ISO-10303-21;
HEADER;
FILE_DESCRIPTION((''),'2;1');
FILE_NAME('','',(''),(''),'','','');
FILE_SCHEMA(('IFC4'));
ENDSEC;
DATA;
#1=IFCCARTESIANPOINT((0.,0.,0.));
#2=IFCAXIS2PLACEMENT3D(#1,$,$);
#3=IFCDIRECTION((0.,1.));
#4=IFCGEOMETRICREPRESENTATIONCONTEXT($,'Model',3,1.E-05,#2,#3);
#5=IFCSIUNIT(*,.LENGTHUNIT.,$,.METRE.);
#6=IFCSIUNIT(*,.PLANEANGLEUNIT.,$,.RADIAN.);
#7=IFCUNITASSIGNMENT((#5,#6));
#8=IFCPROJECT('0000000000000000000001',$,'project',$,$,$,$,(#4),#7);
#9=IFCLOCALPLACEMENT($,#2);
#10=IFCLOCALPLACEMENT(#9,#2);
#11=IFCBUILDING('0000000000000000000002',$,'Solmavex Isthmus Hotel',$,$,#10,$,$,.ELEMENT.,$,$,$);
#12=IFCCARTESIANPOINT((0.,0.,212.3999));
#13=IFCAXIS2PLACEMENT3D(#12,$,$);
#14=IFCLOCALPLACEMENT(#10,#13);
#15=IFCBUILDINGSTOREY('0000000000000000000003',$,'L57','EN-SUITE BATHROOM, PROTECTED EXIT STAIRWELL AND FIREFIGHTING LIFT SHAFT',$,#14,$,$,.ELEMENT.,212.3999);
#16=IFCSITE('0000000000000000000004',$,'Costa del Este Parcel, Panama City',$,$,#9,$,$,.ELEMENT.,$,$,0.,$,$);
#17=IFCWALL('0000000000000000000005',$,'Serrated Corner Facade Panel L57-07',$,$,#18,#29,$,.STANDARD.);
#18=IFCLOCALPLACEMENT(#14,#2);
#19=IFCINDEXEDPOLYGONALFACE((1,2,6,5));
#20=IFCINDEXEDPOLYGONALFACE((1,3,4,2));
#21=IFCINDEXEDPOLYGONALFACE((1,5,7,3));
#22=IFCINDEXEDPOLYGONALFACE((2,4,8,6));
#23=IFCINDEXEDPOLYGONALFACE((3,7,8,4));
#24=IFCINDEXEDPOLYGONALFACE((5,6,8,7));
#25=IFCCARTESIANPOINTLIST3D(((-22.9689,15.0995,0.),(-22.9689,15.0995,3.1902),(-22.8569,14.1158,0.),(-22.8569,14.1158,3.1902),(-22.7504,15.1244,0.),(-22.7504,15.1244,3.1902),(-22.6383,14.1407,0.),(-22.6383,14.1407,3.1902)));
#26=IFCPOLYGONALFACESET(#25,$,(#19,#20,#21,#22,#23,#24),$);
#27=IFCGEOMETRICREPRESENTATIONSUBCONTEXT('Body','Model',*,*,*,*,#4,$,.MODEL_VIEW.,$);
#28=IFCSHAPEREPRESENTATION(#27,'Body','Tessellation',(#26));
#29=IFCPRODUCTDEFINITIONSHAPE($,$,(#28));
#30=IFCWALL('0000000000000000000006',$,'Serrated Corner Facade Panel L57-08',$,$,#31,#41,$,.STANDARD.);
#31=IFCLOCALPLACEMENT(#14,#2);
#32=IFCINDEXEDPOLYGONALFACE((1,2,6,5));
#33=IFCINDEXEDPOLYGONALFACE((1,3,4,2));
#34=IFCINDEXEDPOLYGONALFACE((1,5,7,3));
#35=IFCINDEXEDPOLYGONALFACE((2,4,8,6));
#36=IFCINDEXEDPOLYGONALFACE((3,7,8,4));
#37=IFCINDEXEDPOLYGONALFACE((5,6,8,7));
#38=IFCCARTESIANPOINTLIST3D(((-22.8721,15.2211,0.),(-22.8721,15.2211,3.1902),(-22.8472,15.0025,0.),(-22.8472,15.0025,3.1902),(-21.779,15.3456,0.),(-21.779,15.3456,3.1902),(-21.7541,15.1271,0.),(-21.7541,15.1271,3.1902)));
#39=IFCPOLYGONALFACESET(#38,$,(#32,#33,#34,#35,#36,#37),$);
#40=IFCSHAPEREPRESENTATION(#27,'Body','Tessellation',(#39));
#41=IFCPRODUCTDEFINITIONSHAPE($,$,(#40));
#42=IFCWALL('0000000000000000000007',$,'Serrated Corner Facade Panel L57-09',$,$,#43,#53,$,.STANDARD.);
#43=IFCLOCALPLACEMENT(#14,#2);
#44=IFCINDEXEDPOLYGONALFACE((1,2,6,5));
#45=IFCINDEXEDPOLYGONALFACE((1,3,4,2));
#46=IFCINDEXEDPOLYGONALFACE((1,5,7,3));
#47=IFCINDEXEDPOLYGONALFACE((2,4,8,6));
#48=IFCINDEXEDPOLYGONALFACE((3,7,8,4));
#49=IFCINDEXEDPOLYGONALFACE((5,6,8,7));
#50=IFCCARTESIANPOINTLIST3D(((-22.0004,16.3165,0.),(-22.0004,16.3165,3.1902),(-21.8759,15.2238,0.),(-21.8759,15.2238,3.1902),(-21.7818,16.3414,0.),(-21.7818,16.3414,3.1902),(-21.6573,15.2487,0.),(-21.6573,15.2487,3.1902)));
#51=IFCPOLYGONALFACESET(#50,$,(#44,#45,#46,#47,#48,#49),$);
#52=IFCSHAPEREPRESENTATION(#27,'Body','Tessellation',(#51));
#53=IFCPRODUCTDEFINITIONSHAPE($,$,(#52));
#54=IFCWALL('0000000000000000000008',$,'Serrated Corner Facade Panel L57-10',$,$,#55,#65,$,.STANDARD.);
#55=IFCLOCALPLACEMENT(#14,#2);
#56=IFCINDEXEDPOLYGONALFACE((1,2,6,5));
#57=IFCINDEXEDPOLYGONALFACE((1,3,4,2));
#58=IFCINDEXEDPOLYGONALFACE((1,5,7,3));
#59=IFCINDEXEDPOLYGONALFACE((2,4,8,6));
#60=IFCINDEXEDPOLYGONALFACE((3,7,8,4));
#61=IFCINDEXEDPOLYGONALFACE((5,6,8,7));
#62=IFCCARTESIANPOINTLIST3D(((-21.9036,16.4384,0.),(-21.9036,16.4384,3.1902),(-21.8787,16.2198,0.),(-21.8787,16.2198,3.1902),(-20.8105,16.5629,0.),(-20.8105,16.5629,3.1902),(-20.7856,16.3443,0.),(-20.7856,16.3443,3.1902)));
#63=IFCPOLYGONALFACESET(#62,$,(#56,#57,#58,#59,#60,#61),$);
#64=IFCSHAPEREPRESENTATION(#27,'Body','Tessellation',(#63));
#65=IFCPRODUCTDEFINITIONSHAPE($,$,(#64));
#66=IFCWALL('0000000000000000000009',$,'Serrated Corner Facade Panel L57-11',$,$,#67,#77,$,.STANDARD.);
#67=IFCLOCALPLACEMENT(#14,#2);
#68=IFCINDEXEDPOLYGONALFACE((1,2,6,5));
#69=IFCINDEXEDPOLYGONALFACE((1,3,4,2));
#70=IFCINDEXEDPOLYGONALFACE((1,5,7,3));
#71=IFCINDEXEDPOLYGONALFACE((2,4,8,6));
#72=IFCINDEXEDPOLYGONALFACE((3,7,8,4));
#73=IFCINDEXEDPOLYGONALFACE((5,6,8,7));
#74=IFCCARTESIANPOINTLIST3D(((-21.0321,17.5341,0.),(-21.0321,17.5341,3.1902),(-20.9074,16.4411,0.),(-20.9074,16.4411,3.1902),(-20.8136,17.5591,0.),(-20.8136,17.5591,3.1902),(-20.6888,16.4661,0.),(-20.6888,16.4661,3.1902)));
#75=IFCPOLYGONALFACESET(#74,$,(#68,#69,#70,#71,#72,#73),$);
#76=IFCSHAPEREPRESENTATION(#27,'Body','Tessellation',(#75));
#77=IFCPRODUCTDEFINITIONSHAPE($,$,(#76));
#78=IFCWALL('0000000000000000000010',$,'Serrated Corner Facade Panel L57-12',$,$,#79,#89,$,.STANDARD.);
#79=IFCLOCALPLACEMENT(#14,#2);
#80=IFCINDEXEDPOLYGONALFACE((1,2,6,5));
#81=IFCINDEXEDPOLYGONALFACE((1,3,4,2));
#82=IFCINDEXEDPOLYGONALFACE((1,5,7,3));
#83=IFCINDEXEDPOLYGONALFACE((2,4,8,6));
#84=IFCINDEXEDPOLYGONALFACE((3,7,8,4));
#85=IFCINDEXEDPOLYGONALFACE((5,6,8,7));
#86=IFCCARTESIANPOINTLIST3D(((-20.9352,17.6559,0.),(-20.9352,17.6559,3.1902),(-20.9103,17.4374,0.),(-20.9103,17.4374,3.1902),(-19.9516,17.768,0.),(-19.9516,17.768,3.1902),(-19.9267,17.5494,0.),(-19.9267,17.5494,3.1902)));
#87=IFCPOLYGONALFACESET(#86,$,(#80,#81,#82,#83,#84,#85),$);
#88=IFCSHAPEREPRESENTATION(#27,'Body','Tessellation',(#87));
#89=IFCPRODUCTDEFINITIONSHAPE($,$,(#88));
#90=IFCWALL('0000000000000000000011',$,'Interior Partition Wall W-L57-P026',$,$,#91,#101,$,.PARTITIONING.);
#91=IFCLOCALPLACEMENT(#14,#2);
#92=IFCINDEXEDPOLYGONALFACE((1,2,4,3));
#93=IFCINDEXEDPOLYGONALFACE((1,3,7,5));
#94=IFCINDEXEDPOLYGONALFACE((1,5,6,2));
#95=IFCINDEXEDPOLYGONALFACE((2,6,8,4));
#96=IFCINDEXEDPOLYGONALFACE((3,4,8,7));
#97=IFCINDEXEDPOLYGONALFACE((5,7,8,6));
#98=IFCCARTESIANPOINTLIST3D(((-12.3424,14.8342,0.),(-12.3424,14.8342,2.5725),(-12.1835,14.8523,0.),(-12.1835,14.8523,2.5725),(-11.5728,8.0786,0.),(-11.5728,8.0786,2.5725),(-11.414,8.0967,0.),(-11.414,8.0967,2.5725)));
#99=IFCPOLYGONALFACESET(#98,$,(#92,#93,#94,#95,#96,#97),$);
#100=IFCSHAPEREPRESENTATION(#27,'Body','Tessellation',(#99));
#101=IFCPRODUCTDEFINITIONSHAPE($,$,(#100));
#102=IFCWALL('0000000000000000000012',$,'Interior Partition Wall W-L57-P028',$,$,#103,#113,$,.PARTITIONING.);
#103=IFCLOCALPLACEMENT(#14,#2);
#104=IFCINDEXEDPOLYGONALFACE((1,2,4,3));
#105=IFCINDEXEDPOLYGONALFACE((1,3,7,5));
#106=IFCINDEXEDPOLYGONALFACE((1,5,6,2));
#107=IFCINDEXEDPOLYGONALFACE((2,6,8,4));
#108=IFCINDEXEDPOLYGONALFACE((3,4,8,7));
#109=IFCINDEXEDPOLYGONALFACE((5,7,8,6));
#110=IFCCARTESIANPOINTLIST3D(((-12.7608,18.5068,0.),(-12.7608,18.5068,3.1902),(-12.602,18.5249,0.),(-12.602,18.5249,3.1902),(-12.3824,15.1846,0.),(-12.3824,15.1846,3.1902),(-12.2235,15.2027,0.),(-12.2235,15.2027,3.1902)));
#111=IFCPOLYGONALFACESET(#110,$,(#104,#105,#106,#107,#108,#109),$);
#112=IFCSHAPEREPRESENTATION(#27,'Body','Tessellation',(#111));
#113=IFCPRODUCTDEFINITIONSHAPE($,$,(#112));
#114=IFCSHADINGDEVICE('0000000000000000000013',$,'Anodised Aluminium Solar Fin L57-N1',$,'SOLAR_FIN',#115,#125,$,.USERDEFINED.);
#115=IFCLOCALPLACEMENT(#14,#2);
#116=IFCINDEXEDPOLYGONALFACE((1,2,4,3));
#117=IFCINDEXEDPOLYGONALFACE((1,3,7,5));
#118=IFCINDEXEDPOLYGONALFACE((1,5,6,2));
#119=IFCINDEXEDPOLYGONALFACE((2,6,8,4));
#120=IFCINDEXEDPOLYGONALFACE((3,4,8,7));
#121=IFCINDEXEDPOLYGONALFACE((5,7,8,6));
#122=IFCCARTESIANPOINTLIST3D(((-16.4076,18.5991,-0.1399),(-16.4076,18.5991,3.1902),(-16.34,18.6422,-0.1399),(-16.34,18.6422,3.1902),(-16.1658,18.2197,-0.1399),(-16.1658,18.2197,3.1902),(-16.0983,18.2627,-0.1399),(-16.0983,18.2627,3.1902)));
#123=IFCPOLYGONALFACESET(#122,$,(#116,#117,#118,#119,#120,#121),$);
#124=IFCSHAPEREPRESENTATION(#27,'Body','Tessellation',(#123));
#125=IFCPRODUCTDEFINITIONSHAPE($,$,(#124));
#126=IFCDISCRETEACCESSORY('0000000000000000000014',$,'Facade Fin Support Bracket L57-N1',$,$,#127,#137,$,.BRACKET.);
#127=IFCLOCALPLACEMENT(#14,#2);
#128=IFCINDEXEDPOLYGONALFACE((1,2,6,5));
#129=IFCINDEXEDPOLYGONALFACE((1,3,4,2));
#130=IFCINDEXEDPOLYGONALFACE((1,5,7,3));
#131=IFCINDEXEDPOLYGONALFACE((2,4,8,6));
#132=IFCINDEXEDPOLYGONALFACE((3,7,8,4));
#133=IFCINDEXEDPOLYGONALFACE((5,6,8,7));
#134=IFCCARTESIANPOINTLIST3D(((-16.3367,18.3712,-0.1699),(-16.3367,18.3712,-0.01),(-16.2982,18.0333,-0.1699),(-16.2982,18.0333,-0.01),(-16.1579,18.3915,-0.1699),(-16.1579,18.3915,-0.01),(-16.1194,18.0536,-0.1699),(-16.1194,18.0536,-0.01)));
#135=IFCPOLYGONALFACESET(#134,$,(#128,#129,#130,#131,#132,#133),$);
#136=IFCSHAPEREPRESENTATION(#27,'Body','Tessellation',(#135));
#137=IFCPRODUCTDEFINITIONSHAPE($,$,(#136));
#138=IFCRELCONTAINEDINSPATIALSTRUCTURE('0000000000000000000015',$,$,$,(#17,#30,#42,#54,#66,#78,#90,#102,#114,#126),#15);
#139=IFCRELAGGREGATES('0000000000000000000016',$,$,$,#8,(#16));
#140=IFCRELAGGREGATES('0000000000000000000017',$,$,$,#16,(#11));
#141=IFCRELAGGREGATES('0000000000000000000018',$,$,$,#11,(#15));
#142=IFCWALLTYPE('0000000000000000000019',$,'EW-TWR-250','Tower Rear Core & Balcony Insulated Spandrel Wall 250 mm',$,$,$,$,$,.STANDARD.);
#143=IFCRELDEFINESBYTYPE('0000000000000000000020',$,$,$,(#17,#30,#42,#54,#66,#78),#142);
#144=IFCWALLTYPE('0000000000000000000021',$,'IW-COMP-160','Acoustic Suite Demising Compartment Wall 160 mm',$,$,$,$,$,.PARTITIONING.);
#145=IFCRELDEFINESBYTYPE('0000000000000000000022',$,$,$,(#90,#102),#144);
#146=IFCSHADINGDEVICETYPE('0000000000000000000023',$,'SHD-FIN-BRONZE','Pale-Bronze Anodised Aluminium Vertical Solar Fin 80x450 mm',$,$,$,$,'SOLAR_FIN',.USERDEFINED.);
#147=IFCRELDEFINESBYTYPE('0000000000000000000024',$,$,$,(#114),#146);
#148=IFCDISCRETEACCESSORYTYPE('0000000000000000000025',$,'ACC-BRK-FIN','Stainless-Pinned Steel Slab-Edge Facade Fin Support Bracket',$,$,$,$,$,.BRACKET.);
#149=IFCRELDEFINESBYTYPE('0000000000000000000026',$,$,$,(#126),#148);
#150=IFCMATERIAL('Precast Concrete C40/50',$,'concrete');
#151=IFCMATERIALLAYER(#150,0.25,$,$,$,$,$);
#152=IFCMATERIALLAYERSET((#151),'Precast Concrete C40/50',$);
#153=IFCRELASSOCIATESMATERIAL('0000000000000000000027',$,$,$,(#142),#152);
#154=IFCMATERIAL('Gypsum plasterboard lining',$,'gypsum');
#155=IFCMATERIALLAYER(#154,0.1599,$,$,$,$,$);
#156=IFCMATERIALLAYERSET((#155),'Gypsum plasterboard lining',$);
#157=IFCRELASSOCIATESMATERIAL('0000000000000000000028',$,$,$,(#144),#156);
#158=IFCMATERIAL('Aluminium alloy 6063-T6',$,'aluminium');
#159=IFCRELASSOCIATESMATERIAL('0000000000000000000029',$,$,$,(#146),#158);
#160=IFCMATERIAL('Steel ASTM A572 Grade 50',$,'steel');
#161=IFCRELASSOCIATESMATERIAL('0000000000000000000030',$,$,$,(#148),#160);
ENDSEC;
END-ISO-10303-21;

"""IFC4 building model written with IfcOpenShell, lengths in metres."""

from ifc_helpers import new_model, si_unit, direction, frame, frame_2d, origin, origin_2d, place, context, subcontext, project, spatial, rectangle, extrude, material, layer, layer_set, type_object, element, save


model = new_model("IFC4")

# Units and contexts
model_context = context("Model", 3, precision=1e-05, world=origin(), true_north=direction((0.0, 1.0)))
body_context = subcontext(model_context, "Body", "Model", "MODEL_VIEW")
ifc_project = project(units=[si_unit("LENGTHUNIT", "METRE"), si_unit("PLANEANGLEUNIT", "RADIAN")], contexts=[model_context])

# Site, building, storey
site_placement = place(None, origin())
site = spatial("IfcSite", under=ifc_project, at=site_placement, Name="Costa del Este Parcel, Panama City", CompositionType="ELEMENT", RefElevation=0.0)
building_placement = place(site_placement, origin())
building = spatial("IfcBuilding", under=site, at=building_placement, Name="Solmavex Isthmus Hotel", CompositionType="ELEMENT")
storey_placement = place(building_placement, frame((0.0, 0.0, 212.3999)))
storey = spatial("IfcBuildingStorey", under=building, at=storey_placement, Name="L57", Description="EN-SUITE BATHROOM, PROTECTED EXIT STAIRWELL AND FIREFIGHTING LIFT SHAFT", CompositionType="ELEMENT", Elevation=212.3999)

# Shared definitions
ifc_material_1 = material(Name="Aluminium alloy 6063-T6", Category="aluminium")

# Walls
ifc_material_2 = material(Name="Precast Concrete C40/50", Category="concrete")
ifc_layer_1 = layer(ifc_material_2, 0.25)
ifc_layer_set_1 = layer_set([ifc_layer_1], Name="Precast Concrete C40/50")
wall_type_1 = type_object("IfcWallType", Name="EW-TWR-250", Description="Tower Rear Core & Balcony Insulated Spandrel Wall 250 mm", PredefinedType="STANDARD", material=ifc_layer_set_1)
wall_1_placement = place(storey_placement, frame((-22.7476, 14.1282, 0.0), z_axis=(0.0, 0.0, 1.0), x_axis=(-0.113192, 0.993573, 0.0)))
element("IfcWall", 1, at=wall_1_placement, inside=storey, type_object=wall_type_1, Name="Serrated Corner Facade Panel L57-07", PredefinedType="STANDARD", context=body_context, shape_type="SweptSolid", body=[
    extrude(rectangle(XDim=0.99, YDim=0.22, at=frame_2d((0.4951, 0.0))), origin(), (0.0, 0.0, 1.0), 3.1902),
])
wall_2_placement = place(storey_placement, frame((-22.8596, 15.1118, 0.0), z_axis=(0.0, 0.0, 1.0), x_axis=(0.993574, 0.113184, 0.0)))
element("IfcWall", 2, at=wall_2_placement, inside=storey, type_object=wall_type_1, Name="Serrated Corner Facade Panel L57-08", PredefinedType="STANDARD", context=body_context, shape_type="SweptSolid", body=[
    extrude(rectangle(XDim=1.1001, YDim=0.22, at=frame_2d((0.55, 0.0))), origin(), (0.0, 0.0, 1.0), 3.1902),
])
wall_3_placement = place(storey_placement, frame((-21.7666, 15.2363, 0.0), z_axis=(0.0, 0.0, 1.0), x_axis=(-0.113209, 0.993571, 0.0)))
element("IfcWall", 3, at=wall_3_placement, inside=storey, type_object=wall_type_1, Name="Serrated Corner Facade Panel L57-09", PredefinedType="STANDARD", context=body_context, shape_type="SweptSolid", body=[
    extrude(rectangle(XDim=1.0999, YDim=0.22, at=frame_2d((0.5498, 0.0))), origin(), (0.0, 0.0, 1.0), 3.1902),
])
for number, where, z_axis, x_axis, name in (
    (4, (-21.8911, 16.3291, 0.0), (0.0, 0.0, 1.0), (0.993574, 0.113184, 0.0), "Serrated Corner Facade Panel L57-10"),
    (5, (-20.7981, 16.4536, 0.0), (0.0, 0.0, 1.0), (-0.113403, 0.993549, 0.0), "Serrated Corner Facade Panel L57-11"),
):
    element("IfcWall", number, at=place(storey_placement, frame(where, z_axis=z_axis, x_axis=x_axis)), inside=storey, type_object=wall_type_1, Name=name, PredefinedType="STANDARD", context=body_context, shape_type="SweptSolid", body=[
        extrude(rectangle(XDim=1.1001, YDim=0.22, at=frame_2d((0.55, 0.0))), origin(), (0.0, 0.0, 1.0), 3.1902),
    ])
wall_4_placement = place(storey_placement, frame((-20.9229, 17.5466, 0.0), z_axis=(0.0, 0.0, 1.0), x_axis=(0.993573, 0.113192, 0.0)))
element("IfcWall", 6, at=wall_4_placement, inside=storey, type_object=wall_type_1, Name="Serrated Corner Facade Panel L57-12", PredefinedType="STANDARD", context=body_context, shape_type="SweptSolid", body=[
    extrude(rectangle(XDim=0.99, YDim=0.22, at=frame_2d((0.4951, 0.0))), origin(), (0.0, 0.0, 1.0), 3.1902),
])
ifc_material_3 = material(Name="Gypsum plasterboard lining", Category="gypsum")
ifc_layer_2 = layer(ifc_material_3, 0.1599)
ifc_layer_set_2 = layer_set([ifc_layer_2], Name="Gypsum plasterboard lining")
wall_type_2 = type_object("IfcWallType", Name="IW-COMP-160", Description="Acoustic Suite Demising Compartment Wall 160 mm", PredefinedType="PARTITIONING", material=ifc_layer_set_2)
wall_5_placement = place(storey_placement, frame((-12.2629, 14.8433, 0.0), z_axis=(0.0, 0.0, 1.0), x_axis=(0.113178, -0.993575, 0.0)))
element("IfcWall", 7, at=wall_5_placement, inside=storey, type_object=wall_type_2, Name="Interior Partition Wall W-L57-P026", PredefinedType="PARTITIONING", context=body_context, shape_type="SweptSolid", body=[
    extrude(rectangle(XDim=6.7993, YDim=0.1599, at=frame_2d((3.3997, 0.0))), origin(), (0.0, 0.0, 1.0), 2.5725),
])
wall_6_placement = place(storey_placement, frame((-12.6814, 18.5159, 0.0), z_axis=(0.0, 0.0, 1.0), x_axis=(0.113172, -0.993575, 0.0)))
element("IfcWall", 8, at=wall_6_placement, inside=storey, type_object=wall_type_2, Name="Interior Partition Wall W-L57-P028", PredefinedType="PARTITIONING", context=body_context, shape_type="SweptSolid", body=[
    extrude(rectangle(XDim=3.3438, YDim=0.1599, at=frame_2d((1.6719, 0.0))), origin(), (0.0, 0.0, 1.0), 3.1902),
])

# Shading device
shading_device_type = type_object("IfcShadingDeviceType", Name="SHD-FIN-BRONZE", Description="Pale-Bronze Anodised Aluminium Vertical Solar Fin 80x450 mm", ElementType="SOLAR_FIN", PredefinedType="USERDEFINED", material=ifc_material_1)
shading_device_placement = place(storey_placement, frame((-16.2529, 18.4309, -0.1399), z_axis=(0.0, 0.0, 1.0), x_axis=(-0.5373, 0.843391, 0.0)))
element("IfcShadingDevice", 9, at=shading_device_placement, inside=storey, type_object=shading_device_type, Name="Anodised Aluminium Solar Fin L57-N1", ObjectType="SOLAR_FIN", PredefinedType="USERDEFINED", context=body_context, shape_type="SweptSolid", body=[
    extrude(rectangle(XDim=0.45, YDim=0.0801, at=origin_2d()), origin(), (0.0, 0.0, 1.0), 3.3301),
])

# Discrete accessory
ifc_material_4 = material(Name="Steel ASTM A572 Grade 50", Category="steel")
discrete_accessory_type = type_object("IfcDiscreteAccessoryType", Name="ACC-BRK-FIN", Description="Stainless-Pinned Steel Slab-Edge Facade Fin Support Bracket", PredefinedType="BRACKET", material=ifc_material_4)
discrete_accessory_placement = place(storey_placement, frame((-16.228, 18.2124, -0.1699), z_axis=(0.0, 0.0, 1.0), x_axis=(-0.113203, 0.993572, 0.0)))
element("IfcDiscreteAccessory", 10, at=discrete_accessory_placement, inside=storey, type_object=discrete_accessory_type, Name="Facade Fin Support Bracket L57-N1", PredefinedType="BRACKET", context=body_context, shape_type="SweptSolid", body=[
    extrude(rectangle(XDim=0.3401, YDim=0.1799, at=origin_2d()), origin(), (0.0, 0.0, 1.0), 0.1599),
])

save(model, "model.ifc")
